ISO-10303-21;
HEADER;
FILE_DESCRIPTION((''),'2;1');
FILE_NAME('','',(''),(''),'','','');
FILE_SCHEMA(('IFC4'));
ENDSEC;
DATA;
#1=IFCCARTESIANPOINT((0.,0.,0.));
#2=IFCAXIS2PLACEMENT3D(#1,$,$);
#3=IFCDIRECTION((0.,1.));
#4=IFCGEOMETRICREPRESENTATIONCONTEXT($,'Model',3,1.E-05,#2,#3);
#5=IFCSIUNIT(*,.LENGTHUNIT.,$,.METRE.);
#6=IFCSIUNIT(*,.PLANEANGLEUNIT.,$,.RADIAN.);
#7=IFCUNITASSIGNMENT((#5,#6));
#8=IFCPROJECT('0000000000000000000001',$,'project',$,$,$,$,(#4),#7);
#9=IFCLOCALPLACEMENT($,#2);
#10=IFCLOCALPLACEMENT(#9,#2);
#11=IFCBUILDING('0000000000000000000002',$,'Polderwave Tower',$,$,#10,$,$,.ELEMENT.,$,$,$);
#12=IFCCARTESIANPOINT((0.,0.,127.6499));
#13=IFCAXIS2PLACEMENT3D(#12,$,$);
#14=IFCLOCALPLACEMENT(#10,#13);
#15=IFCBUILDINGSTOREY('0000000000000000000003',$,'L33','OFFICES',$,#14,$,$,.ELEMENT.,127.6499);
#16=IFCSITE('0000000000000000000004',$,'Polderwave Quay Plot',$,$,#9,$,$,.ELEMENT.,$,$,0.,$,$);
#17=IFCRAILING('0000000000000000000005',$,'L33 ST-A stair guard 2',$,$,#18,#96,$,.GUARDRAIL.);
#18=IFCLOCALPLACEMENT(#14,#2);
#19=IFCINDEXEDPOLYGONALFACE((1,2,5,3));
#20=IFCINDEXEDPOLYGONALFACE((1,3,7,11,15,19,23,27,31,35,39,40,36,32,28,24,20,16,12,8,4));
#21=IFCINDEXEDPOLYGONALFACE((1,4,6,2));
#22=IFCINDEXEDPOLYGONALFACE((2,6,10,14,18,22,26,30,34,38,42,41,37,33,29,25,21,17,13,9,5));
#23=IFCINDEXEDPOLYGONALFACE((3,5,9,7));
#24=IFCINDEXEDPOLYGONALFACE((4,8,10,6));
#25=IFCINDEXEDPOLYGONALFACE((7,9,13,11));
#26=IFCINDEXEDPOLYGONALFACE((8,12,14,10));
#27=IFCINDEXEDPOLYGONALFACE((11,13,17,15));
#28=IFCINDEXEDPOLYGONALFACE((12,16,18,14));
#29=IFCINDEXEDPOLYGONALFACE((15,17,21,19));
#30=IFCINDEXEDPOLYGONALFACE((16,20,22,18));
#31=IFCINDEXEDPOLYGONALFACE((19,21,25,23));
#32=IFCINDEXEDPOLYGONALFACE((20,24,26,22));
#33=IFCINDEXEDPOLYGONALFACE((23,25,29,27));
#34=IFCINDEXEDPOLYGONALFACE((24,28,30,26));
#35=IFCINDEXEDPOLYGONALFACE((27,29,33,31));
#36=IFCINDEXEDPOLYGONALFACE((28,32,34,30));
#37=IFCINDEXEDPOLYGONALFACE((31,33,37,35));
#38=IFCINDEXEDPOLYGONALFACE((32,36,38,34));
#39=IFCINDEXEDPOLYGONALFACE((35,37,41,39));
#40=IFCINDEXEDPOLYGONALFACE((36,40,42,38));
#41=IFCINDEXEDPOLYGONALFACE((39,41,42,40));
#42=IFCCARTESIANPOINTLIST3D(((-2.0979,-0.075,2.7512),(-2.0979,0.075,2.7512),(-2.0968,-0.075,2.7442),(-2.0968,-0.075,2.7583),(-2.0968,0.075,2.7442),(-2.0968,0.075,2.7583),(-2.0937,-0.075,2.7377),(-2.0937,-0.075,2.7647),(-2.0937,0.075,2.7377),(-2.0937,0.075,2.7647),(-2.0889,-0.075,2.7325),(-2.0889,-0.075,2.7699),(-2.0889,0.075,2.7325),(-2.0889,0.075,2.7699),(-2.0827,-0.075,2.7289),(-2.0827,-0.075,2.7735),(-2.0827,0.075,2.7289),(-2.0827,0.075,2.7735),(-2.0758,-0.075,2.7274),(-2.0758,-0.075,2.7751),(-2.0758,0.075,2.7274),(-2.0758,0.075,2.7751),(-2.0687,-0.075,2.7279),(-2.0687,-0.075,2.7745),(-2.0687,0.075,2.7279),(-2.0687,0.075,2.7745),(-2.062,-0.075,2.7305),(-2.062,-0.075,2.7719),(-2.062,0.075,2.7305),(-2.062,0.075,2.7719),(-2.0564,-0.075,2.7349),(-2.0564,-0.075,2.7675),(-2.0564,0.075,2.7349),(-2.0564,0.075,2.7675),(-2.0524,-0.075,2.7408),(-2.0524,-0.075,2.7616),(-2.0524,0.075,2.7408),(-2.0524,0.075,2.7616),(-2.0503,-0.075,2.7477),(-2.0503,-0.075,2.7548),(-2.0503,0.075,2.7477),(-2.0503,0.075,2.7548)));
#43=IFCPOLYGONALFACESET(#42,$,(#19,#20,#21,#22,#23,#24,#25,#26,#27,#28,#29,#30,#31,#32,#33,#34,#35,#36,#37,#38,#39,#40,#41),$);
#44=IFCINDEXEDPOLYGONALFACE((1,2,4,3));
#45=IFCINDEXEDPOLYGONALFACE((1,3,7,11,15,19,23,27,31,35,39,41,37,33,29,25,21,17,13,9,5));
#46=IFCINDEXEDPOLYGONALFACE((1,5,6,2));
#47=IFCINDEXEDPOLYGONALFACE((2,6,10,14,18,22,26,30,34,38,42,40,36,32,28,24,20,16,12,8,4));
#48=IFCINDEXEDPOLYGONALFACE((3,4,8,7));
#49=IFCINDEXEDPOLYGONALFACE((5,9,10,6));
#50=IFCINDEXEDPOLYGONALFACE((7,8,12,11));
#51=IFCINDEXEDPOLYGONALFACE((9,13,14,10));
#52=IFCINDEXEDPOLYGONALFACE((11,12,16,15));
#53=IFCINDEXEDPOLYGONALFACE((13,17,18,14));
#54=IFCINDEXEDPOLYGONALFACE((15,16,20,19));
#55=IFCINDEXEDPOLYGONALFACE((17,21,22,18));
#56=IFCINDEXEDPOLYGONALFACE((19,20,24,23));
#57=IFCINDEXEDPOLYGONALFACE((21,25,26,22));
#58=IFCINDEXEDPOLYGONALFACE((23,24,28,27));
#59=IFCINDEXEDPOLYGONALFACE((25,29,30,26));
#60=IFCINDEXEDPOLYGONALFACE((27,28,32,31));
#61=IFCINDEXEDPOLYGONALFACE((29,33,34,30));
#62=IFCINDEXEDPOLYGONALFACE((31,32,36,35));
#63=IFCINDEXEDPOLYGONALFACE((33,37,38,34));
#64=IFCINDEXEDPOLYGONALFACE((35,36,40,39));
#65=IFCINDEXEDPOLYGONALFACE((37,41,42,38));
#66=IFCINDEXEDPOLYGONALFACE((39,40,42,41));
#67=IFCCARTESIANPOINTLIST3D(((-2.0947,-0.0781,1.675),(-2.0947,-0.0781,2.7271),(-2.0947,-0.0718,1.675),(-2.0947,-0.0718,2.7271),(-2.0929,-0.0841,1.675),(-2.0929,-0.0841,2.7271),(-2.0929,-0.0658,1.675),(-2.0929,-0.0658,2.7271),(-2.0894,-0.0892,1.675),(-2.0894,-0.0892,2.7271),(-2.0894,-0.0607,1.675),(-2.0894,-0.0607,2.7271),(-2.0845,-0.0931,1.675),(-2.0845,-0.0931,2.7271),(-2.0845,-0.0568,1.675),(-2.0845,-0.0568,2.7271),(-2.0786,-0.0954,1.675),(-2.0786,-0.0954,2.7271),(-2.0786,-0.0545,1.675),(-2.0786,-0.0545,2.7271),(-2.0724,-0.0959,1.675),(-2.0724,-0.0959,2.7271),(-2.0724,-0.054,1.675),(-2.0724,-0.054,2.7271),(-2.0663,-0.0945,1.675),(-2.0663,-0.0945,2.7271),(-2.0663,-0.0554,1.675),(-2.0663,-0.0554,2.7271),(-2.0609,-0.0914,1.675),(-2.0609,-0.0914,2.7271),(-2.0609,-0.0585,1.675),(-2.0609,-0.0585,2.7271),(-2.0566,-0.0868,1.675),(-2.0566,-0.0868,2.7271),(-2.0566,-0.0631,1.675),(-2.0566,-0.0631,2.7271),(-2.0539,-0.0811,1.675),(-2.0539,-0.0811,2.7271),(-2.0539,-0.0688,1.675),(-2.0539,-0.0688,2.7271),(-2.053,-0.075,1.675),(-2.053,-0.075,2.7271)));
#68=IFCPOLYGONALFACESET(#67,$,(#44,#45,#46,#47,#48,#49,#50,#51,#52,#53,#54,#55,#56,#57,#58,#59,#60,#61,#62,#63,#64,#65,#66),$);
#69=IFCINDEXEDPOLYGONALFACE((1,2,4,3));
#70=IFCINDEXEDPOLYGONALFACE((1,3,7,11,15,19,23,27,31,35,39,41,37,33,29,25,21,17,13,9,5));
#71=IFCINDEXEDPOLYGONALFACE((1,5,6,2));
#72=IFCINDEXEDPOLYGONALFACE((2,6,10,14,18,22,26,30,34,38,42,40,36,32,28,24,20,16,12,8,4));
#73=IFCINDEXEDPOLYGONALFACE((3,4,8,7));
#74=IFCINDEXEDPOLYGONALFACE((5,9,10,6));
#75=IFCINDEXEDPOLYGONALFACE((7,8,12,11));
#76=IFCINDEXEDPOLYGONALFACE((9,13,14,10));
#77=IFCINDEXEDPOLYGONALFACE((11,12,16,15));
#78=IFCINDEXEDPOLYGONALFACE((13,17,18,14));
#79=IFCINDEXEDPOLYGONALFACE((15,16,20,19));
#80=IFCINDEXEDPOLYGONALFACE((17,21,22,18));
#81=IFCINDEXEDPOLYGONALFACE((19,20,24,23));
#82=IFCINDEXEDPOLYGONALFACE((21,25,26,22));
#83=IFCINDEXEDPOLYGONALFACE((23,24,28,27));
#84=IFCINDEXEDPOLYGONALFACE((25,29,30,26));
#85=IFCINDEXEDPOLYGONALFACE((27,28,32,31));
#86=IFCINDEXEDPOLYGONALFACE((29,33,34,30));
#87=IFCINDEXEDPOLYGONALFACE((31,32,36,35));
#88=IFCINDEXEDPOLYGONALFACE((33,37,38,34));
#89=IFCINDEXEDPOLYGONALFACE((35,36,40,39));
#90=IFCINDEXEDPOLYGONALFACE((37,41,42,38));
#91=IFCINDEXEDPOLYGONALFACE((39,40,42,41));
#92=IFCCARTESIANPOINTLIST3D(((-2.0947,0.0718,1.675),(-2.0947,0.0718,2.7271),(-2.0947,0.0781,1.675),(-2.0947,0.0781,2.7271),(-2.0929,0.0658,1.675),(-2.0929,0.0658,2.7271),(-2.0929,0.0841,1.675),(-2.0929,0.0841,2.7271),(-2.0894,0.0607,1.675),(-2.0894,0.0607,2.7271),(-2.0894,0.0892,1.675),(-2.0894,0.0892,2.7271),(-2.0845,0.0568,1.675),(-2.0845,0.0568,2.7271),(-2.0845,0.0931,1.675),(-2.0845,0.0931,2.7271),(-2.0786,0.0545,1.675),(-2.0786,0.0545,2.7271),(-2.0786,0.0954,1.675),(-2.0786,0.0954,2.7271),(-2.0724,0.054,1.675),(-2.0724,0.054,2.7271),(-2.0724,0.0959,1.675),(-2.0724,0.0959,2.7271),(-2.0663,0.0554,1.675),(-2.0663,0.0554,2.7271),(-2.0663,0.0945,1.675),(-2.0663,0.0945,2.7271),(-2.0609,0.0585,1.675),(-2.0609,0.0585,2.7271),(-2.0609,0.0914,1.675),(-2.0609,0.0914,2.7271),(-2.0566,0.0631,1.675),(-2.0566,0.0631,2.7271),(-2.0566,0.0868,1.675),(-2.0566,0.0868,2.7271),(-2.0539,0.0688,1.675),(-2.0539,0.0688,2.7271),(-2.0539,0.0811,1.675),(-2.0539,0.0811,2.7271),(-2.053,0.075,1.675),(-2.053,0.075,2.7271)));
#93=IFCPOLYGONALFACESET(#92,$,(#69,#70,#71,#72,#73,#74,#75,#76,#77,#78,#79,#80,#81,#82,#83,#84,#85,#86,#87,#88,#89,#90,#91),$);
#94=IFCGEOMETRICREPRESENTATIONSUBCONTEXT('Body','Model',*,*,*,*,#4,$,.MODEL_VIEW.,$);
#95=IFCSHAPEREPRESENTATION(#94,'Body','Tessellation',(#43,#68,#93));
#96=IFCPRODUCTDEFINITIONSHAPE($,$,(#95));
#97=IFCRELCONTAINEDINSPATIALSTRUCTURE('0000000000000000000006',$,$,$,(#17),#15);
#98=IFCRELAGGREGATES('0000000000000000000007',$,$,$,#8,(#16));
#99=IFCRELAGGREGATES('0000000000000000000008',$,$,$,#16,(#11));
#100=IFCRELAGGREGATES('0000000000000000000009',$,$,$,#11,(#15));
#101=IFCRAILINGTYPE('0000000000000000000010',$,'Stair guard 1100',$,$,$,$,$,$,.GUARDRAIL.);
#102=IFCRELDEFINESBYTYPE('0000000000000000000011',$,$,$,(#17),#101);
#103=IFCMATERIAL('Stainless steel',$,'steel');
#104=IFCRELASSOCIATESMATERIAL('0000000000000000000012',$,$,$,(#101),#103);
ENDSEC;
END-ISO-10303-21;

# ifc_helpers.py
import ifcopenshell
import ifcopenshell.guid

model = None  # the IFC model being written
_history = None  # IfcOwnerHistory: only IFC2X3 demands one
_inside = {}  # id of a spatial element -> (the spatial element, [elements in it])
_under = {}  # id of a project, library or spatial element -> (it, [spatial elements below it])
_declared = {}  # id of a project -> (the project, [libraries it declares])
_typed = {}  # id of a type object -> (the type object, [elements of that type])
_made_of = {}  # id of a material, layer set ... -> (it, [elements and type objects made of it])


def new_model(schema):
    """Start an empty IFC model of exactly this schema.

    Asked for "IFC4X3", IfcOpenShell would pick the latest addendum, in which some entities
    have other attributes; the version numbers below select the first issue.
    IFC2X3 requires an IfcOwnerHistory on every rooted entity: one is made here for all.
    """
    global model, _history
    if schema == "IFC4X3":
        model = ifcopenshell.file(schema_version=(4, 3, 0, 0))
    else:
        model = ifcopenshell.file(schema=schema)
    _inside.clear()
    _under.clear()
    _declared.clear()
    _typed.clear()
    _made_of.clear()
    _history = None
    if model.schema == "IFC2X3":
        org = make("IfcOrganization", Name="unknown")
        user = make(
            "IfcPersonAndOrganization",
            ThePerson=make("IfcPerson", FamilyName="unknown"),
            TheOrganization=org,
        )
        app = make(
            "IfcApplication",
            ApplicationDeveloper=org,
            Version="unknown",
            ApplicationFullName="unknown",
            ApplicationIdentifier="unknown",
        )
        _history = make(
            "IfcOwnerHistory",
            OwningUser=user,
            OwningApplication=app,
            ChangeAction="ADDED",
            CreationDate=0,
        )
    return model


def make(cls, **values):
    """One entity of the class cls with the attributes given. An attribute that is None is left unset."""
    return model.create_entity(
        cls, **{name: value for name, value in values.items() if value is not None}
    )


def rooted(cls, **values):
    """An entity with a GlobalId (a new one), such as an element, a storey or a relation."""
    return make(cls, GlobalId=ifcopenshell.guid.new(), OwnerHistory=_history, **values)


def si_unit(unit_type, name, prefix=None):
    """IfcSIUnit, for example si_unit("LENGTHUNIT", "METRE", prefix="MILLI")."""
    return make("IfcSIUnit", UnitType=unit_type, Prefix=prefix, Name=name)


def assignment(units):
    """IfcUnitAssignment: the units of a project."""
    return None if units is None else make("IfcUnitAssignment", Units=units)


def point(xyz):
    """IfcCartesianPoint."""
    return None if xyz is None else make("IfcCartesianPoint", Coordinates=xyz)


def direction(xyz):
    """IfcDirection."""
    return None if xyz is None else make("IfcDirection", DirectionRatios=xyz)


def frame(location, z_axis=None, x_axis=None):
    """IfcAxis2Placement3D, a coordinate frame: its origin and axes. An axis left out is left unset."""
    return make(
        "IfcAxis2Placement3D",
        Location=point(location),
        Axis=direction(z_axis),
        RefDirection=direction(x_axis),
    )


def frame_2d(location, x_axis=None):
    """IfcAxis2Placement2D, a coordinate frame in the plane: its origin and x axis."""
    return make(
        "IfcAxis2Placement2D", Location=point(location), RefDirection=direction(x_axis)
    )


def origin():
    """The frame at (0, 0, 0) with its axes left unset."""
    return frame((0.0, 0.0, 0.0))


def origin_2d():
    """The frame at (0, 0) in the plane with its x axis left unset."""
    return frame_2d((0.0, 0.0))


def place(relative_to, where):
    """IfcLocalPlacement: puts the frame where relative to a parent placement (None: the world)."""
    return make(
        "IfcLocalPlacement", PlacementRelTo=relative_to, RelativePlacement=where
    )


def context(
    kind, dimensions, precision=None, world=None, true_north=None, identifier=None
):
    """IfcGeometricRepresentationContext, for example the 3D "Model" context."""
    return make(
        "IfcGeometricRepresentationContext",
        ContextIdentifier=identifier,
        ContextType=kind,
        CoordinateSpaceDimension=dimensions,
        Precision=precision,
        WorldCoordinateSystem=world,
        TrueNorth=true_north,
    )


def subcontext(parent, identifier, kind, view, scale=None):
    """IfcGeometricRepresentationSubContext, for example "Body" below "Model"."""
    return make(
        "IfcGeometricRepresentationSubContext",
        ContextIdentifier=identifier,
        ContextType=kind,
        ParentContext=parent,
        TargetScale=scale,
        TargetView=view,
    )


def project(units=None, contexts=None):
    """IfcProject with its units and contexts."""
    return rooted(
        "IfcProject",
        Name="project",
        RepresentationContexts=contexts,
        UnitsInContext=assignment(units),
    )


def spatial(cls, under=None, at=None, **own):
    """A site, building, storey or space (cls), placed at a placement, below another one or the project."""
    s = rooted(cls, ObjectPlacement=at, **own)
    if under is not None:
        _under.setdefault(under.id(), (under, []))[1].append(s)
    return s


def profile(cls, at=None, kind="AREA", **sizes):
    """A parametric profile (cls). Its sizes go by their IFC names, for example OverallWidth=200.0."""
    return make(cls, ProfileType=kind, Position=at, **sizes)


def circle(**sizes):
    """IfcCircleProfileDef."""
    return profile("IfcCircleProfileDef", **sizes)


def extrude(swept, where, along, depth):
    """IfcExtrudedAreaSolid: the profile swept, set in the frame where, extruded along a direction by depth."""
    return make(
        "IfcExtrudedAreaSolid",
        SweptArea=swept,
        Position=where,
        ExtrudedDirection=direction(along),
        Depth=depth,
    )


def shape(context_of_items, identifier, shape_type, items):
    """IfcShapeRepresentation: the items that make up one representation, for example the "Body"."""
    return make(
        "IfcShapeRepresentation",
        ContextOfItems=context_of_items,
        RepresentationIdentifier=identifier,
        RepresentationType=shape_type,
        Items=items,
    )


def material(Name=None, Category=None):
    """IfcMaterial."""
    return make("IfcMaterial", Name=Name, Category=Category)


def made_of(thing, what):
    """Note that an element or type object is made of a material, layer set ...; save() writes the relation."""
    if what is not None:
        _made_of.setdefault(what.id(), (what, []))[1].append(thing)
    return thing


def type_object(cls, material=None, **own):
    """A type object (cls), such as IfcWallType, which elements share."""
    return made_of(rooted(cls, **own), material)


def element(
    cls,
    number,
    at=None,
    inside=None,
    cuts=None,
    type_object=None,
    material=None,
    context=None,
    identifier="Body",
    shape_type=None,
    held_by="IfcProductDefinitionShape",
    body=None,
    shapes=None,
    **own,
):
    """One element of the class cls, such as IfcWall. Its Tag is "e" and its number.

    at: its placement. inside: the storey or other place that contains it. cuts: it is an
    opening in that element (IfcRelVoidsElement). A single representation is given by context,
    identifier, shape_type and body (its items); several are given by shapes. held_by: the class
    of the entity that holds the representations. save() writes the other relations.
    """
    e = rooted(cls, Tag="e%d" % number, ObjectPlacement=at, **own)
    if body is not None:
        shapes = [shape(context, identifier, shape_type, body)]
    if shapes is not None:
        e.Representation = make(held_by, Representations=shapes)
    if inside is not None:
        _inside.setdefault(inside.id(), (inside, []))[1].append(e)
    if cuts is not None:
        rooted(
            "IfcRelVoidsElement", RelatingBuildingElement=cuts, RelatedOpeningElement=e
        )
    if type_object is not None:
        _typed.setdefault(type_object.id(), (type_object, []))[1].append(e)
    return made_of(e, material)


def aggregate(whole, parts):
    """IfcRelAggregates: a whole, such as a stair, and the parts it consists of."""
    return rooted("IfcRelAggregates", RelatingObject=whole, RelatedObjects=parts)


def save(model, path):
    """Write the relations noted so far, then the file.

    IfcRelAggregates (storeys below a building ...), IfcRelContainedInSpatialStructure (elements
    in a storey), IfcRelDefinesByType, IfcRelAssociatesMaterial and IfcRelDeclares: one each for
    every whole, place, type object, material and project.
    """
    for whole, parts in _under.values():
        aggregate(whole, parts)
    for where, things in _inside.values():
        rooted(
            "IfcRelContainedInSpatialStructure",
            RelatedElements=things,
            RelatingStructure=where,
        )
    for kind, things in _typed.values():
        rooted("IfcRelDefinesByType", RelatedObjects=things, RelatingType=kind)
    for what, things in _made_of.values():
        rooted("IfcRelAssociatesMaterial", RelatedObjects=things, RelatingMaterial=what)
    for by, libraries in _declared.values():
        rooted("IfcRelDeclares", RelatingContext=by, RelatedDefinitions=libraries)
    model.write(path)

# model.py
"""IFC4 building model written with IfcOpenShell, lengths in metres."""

from ifc_helpers import new_model, si_unit, direction, frame, origin, origin_2d, place, context, subcontext, project, spatial, circle, extrude, material, type_object, element, save


model = new_model("IFC4")

# Units and contexts
model_context = context("Model", 3, precision=1e-05, world=origin(), true_north=direction((0.0, 1.0)))
body_context = subcontext(model_context, "Body", "Model", "MODEL_VIEW")
ifc_project = project(units=[si_unit("LENGTHUNIT", "METRE"), si_unit("PLANEANGLEUNIT", "RADIAN")], contexts=[model_context])

# Site, building, storey
site_placement = place(None, origin())
site = spatial("IfcSite", under=ifc_project, at=site_placement, Name="Polderwave Quay Plot", CompositionType="ELEMENT", RefElevation=0.0)
building_placement = place(site_placement, origin())
building = spatial("IfcBuilding", under=site, at=building_placement, Name="Polderwave Tower", CompositionType="ELEMENT")
storey_placement = place(building_placement, frame((0.0, 0.0, 127.6499)))
storey = spatial("IfcBuildingStorey", under=building, at=storey_placement, Name="L33", Description="OFFICES", CompositionType="ELEMENT", Elevation=127.6499)

# Railing
ifc_material_1 = material(Name="Stainless steel", Category="steel")
railing_type_1 = type_object("IfcRailingType", Name="Stair guard 1100", PredefinedType="GUARDRAIL", material=ifc_material_1)
railing_1_placement = place(storey_placement, frame((-2.074, -0.075, 1.675)))
element("IfcRailing", 1, at=railing_1_placement, inside=storey, type_object=railing_type_1, Name="L33 ST-A stair guard 2", PredefinedType="GUARDRAIL", context=body_context, shape_type="SweptSolid", body=[
    extrude(circle(Radius=0.0239, at=origin_2d()), frame((0.0, 0.0, 1.0762), z_axis=(0.0, 1.0, 0.0), x_axis=(-1.0, 0.0, 0.0)), (0.0, 0.0, 1.0), 0.1499),
    extrude(circle(Radius=0.021, at=origin_2d()), origin(), (0.0, 0.0, 1.0), 1.052),
    extrude(circle(Radius=0.021, at=origin_2d()), frame((0.0, 0.1499, 0.0)), (0.0, 0.0, 1.0), 1.052),
])

save(model, "model.ifc")
